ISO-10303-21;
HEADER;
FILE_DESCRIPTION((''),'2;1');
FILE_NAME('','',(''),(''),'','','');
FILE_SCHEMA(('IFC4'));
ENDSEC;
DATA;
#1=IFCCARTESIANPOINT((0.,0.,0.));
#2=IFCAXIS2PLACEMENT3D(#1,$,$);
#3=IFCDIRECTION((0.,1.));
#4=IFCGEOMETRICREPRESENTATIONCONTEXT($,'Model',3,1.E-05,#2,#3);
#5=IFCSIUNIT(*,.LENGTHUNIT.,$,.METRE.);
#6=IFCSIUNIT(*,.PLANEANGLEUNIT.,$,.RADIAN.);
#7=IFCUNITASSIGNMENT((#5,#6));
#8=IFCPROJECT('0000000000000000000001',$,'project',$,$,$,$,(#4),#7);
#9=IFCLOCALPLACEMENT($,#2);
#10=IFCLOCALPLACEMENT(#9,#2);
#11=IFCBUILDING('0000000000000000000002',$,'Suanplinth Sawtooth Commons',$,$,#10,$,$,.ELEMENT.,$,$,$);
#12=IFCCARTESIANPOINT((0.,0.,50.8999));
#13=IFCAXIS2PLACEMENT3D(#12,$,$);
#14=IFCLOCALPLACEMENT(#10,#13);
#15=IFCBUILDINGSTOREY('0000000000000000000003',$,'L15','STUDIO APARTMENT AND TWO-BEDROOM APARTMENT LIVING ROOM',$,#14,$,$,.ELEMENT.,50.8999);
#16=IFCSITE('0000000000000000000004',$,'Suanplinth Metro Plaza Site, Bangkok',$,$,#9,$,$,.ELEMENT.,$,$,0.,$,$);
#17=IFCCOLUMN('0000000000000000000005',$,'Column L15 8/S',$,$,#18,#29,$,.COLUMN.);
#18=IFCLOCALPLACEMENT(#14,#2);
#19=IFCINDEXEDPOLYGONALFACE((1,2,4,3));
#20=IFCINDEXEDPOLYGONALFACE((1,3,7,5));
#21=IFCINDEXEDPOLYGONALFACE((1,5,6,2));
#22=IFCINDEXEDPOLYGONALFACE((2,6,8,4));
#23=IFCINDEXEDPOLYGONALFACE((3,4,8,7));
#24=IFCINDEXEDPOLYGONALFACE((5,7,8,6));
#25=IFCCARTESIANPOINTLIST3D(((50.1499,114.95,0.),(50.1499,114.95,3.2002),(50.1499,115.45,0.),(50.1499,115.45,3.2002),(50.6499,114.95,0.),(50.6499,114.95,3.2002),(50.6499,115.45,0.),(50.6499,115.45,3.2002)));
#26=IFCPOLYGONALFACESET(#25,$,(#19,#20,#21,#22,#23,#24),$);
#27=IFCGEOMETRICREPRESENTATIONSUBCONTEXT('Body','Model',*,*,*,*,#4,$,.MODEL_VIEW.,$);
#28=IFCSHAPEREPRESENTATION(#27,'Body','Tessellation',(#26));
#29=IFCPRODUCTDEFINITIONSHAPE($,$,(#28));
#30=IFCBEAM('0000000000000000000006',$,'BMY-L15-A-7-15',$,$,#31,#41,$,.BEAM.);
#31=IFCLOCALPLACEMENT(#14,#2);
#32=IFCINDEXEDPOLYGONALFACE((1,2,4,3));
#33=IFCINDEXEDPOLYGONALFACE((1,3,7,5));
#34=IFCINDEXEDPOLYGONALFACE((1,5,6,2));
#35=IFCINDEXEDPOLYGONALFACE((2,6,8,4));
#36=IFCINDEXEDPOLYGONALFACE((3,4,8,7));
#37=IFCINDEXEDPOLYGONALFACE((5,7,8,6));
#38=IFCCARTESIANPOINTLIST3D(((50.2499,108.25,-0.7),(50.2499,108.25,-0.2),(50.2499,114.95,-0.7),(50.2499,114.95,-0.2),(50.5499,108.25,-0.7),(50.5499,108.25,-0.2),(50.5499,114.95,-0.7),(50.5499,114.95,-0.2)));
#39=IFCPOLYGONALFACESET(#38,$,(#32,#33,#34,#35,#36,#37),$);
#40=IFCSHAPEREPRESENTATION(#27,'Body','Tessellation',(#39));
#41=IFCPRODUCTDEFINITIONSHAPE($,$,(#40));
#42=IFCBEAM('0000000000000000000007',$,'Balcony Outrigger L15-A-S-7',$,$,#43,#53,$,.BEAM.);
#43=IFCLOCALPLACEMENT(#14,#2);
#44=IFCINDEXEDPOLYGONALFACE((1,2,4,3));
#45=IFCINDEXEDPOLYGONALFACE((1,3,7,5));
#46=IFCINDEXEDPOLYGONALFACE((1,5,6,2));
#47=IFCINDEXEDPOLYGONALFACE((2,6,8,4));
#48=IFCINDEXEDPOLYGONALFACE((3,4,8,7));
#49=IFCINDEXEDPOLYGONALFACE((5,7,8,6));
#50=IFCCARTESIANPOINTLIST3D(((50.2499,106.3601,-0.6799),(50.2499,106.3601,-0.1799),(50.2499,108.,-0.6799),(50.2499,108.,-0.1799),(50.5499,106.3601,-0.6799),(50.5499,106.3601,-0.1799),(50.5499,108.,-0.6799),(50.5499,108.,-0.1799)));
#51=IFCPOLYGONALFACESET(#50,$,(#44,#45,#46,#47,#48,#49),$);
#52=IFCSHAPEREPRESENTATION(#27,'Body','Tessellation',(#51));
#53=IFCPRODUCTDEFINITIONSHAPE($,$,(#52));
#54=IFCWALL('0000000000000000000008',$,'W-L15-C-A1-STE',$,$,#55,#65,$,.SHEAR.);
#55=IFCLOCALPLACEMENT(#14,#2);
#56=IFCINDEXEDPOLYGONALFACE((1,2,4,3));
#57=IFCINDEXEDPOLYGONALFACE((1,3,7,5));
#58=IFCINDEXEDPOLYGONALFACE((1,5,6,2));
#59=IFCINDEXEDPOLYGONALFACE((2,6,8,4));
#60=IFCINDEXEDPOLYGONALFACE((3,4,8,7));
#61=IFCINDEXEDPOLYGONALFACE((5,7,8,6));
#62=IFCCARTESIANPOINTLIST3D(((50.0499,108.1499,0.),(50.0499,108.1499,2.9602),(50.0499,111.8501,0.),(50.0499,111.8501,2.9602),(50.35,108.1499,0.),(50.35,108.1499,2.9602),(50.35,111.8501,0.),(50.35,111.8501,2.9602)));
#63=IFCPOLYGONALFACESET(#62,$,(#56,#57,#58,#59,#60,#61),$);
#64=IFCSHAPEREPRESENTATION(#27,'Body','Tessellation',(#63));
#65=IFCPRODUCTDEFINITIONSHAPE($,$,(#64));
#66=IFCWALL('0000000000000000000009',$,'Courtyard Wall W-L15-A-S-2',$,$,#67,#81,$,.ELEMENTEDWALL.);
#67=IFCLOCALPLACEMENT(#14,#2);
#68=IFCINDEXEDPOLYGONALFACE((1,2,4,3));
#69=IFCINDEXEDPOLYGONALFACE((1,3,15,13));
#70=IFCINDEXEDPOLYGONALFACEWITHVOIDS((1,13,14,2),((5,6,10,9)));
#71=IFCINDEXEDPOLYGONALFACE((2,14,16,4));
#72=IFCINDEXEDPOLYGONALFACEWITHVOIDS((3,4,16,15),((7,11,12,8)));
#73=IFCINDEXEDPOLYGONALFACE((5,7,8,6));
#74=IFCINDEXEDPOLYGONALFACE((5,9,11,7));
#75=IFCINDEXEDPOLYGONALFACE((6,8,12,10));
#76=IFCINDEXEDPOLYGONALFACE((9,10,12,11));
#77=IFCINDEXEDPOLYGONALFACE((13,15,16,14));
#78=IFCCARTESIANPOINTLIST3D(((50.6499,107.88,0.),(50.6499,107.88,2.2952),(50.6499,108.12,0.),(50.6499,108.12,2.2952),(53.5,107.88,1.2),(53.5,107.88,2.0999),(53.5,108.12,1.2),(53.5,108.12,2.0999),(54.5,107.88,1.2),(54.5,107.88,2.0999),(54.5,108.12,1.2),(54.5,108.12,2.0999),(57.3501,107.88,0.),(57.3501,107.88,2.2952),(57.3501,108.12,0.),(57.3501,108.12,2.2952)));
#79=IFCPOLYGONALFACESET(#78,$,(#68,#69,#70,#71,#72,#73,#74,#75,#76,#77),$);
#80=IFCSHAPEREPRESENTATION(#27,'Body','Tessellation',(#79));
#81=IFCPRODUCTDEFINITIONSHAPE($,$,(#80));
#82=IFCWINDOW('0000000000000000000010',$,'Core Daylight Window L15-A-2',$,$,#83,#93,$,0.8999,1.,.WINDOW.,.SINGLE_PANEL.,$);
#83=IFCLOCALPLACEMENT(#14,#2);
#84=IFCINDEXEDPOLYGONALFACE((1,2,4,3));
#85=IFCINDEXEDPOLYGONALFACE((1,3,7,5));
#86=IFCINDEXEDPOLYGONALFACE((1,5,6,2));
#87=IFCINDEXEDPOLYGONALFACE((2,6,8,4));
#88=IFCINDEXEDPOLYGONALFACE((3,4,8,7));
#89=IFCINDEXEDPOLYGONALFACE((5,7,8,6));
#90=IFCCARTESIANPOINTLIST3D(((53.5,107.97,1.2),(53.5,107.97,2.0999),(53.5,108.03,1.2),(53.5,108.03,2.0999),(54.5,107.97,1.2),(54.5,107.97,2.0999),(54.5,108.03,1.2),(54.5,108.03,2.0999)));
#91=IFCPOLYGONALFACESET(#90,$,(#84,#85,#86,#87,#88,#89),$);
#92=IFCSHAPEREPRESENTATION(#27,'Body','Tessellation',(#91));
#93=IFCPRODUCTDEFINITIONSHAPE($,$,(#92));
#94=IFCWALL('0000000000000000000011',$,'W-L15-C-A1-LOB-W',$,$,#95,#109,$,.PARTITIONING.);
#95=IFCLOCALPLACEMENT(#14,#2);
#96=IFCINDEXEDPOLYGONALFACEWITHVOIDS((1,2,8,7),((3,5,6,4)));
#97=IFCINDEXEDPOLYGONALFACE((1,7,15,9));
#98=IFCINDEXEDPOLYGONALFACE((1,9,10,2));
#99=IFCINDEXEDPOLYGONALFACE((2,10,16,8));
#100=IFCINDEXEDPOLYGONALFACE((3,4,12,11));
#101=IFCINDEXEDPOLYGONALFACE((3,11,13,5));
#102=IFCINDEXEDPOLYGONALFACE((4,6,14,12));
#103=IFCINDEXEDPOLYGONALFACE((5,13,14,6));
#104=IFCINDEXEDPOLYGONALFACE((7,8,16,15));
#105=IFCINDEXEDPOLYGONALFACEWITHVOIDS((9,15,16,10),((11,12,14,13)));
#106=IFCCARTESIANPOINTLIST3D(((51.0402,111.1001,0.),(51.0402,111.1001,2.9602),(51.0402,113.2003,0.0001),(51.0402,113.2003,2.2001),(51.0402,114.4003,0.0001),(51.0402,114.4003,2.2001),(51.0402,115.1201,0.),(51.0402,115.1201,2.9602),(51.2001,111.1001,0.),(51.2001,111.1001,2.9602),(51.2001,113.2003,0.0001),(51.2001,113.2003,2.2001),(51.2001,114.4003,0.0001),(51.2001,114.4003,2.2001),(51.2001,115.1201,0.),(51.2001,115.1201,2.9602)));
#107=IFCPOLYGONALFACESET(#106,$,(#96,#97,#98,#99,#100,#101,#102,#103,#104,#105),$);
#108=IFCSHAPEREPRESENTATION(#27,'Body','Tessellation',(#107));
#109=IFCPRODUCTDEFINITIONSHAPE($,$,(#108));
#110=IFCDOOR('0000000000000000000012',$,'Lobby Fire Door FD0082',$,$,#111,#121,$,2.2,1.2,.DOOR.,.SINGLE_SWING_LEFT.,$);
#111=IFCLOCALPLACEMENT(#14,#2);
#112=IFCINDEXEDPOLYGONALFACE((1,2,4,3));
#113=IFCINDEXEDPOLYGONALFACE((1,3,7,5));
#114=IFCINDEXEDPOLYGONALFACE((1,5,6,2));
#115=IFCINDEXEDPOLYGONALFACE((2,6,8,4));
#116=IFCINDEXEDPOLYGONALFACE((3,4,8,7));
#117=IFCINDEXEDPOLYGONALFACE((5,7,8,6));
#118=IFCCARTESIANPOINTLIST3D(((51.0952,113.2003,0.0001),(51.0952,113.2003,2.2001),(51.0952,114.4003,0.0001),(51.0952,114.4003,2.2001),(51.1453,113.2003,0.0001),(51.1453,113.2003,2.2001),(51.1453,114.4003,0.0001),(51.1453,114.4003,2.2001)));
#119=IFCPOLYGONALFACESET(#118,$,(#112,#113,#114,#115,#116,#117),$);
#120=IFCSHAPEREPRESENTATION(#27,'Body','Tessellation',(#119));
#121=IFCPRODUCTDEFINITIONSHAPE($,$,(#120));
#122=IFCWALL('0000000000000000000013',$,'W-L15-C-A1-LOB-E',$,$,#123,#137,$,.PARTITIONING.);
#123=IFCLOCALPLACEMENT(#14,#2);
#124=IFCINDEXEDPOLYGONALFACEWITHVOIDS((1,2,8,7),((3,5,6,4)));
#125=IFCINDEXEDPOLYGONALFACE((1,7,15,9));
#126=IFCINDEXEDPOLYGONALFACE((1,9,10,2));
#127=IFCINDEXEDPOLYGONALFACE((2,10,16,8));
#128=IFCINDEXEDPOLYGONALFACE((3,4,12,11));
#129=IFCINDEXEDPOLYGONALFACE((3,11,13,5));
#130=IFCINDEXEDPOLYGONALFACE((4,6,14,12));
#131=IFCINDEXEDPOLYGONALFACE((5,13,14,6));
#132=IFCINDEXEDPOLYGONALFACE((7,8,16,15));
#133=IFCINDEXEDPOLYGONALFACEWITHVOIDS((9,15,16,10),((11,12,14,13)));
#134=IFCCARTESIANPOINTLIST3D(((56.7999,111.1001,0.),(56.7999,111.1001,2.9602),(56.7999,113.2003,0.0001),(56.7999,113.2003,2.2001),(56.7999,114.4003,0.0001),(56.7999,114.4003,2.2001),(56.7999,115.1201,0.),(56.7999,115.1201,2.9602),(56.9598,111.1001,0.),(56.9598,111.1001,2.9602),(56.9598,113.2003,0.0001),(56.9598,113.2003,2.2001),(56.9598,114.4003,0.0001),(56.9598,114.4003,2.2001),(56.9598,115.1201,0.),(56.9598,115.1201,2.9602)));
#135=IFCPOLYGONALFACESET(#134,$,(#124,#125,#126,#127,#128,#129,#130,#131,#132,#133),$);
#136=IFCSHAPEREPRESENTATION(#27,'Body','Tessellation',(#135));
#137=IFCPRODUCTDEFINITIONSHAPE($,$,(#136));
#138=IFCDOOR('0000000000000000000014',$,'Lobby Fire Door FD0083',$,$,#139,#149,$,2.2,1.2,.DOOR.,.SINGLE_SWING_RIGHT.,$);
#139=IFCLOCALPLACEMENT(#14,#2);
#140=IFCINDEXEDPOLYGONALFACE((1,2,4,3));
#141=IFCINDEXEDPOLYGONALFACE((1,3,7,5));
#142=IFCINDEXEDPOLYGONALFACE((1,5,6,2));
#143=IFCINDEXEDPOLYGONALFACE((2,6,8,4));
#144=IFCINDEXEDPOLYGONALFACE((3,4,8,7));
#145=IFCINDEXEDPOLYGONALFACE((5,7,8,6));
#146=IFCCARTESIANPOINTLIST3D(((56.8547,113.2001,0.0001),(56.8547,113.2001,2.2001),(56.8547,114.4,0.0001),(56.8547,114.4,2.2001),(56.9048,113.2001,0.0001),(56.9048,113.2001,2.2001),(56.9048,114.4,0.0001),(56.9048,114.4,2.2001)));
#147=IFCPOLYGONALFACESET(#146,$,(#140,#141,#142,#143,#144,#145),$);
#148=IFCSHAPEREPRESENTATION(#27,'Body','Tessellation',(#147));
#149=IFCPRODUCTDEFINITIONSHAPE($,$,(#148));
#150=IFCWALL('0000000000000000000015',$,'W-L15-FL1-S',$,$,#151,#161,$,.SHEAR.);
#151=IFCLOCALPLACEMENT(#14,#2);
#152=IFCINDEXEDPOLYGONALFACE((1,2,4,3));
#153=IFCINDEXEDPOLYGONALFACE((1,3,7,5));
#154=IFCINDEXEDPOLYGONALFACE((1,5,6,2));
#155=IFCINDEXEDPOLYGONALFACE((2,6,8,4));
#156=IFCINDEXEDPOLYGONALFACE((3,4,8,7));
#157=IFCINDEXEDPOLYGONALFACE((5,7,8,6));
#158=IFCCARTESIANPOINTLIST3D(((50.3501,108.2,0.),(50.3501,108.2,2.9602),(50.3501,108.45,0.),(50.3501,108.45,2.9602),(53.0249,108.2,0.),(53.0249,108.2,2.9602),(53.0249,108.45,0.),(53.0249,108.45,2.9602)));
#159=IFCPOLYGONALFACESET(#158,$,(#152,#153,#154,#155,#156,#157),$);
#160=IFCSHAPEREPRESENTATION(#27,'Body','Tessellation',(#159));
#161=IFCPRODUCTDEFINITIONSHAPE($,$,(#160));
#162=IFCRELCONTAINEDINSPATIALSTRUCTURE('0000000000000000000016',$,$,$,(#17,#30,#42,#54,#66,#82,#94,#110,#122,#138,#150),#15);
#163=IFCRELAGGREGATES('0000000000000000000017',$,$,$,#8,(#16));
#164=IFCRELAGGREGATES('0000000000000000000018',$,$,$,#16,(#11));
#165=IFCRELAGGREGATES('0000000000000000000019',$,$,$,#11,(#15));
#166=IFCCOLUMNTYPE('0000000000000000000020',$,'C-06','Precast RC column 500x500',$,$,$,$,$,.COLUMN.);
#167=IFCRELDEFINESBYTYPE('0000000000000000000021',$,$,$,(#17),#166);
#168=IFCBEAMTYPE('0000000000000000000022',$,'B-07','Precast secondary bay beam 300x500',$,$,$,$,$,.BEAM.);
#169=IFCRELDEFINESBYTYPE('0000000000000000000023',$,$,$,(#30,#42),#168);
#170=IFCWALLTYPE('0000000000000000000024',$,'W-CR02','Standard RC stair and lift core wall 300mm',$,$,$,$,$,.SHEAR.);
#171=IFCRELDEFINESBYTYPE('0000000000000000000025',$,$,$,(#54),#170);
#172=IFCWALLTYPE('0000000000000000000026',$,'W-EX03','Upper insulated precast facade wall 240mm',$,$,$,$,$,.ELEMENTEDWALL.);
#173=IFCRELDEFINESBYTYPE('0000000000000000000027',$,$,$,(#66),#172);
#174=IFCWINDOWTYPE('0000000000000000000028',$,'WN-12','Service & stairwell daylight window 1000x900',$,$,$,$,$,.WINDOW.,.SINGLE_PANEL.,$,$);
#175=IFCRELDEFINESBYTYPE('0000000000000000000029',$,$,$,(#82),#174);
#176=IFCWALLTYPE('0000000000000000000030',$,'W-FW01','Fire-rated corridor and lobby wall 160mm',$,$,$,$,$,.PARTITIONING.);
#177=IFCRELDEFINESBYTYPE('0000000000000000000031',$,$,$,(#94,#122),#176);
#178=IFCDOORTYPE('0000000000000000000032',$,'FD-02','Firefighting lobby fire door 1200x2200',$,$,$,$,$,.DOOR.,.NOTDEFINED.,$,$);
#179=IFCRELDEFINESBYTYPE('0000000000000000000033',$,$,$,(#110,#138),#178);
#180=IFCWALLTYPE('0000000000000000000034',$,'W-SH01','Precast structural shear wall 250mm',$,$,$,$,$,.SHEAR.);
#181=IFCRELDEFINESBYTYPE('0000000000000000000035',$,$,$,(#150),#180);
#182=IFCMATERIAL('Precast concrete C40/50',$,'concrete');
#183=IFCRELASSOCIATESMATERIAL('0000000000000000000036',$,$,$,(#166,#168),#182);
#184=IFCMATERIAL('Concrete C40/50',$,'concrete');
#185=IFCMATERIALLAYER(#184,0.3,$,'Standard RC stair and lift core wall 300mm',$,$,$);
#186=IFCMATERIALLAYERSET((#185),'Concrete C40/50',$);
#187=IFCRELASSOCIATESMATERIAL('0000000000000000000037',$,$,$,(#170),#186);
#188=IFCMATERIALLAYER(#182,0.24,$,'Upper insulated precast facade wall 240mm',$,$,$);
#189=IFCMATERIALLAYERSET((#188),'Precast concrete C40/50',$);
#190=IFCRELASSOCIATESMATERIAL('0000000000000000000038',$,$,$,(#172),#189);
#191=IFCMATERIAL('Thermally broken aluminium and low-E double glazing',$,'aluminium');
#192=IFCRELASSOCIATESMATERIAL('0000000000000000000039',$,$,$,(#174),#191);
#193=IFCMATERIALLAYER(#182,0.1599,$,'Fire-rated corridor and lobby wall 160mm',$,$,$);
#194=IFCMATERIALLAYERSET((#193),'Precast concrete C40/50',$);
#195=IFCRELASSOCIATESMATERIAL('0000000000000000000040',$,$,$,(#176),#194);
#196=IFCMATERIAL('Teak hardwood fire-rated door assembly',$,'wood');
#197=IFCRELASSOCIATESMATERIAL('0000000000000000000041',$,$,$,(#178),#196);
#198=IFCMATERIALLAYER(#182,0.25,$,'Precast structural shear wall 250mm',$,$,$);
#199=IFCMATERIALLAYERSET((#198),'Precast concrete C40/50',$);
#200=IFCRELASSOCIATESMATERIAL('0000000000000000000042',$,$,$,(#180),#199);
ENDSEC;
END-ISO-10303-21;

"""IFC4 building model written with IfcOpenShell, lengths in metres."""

from ifc_helpers import new_model, si_unit, direction, frame, frame_2d, origin, origin_2d, place, context, subcontext, project, spatial, rectangle, extrude, material, layer, layer_set, material_profile, profile_set, type_object, element, fill, save


model = new_model("IFC4")

# Units and contexts
model_context = context("Model", 3, precision=1e-05, world=origin(), true_north=direction((0.0, 1.0)))
body_context = subcontext(model_context, "Body", "Model", "MODEL_VIEW")
ifc_project = project(units=[si_unit("LENGTHUNIT", "METRE"), si_unit("PLANEANGLEUNIT", "RADIAN")], contexts=[model_context])

# Site, building, storey
site_placement = place(None, origin())
site = spatial("IfcSite", under=ifc_project, at=site_placement, Name="Suanplinth Metro Plaza Site, Bangkok", CompositionType="ELEMENT", RefElevation=0.0)
building_placement = place(site_placement, origin())
building = spatial("IfcBuilding", under=site, at=building_placement, Name="Suanplinth Sawtooth Commons", CompositionType="ELEMENT")
storey_placement = place(building_placement, frame((0.0, 0.0, 50.8999)))
storey = spatial("IfcBuildingStorey", under=building, at=storey_placement, Name="L15", Description="STUDIO APARTMENT AND TWO-BEDROOM APARTMENT LIVING ROOM", CompositionType="ELEMENT", Elevation=50.8999)

# Column
ifc_material_1 = material(Name="Precast concrete C40/50", Category="concrete")
ifc_material_profile_1 = material_profile(ifc_material_1, rectangle(XDim=0.5, YDim=0.5, at=origin_2d()), Name="PC-COL 500x500")
ifc_profile_set_1 = profile_set([ifc_material_profile_1], Name="Precast concrete C40/50")
column_type = type_object("IfcColumnType", Name="C-06", Description="Precast RC column 500x500", PredefinedType="COLUMN", material=ifc_profile_set_1)
column_placement = place(storey_placement, frame((50.3999, 115.2, 0.0), z_axis=(0.0, 0.0, 1.0), x_axis=(1.0, 0.0, 0.0)))
element("IfcColumn", 1, at=column_placement, inside=storey, type_object=column_type, Name="Column L15 8/S", PredefinedType="COLUMN", context=body_context, shape_type="SweptSolid", body=[
    extrude(rectangle(XDim=0.5, YDim=0.5, at=origin_2d()), origin(), (0.0, 0.0, 1.0), 3.2002),
])

# Beams
ifc_material_profile_2 = material_profile(ifc_material_1, rectangle(XDim=0.3, YDim=0.5, at=origin_2d()), Name="PC-BM 300x500")
ifc_profile_set_2 = profile_set([ifc_material_profile_2], Name="Precast concrete C40/50")
beam_type = type_object("IfcBeamType", Name="B-07", Description="Precast secondary bay beam 300x500", PredefinedType="BEAM", material=ifc_profile_set_2)
beam_1_placement = place(storey_placement, frame((50.3999, 108.25, -0.45), z_axis=(0.0, 1.0, 0.0), x_axis=(-1.0, 0.0, 0.0)))
element("IfcBeam", 2, at=beam_1_placement, inside=storey, type_object=beam_type, Name="BMY-L15-A-7-15", PredefinedType="BEAM", context=body_context, shape_type="SweptSolid", body=[
    extrude(rectangle(XDim=0.3, YDim=0.5, at=origin_2d()), origin(), (0.0, 0.0, 1.0), 6.7),
])
beam_2_placement = place(storey_placement, frame((50.3999, 108.0, -0.4299), z_axis=(0.0, -1.0, 0.0), x_axis=(1.0, 0.0, 0.0)))
element("IfcBeam", 3, at=beam_2_placement, inside=storey, type_object=beam_type, Name="Balcony Outrigger L15-A-S-7", PredefinedType="BEAM", context=body_context, shape_type="SweptSolid", body=[
    extrude(rectangle(XDim=0.3, YDim=0.5, at=origin_2d()), origin(), (0.0, 0.0, 1.0), 1.6399),
])

# Wall
ifc_material_2 = material(Name="Concrete C40/50", Category="concrete")
ifc_layer_1 = layer(ifc_material_2, 0.3, Name="Standard RC stair and lift core wall 300mm")
ifc_layer_set_1 = layer_set([ifc_layer_1], Name="Concrete C40/50")
wall_type_1 = type_object("IfcWallType", Name="W-CR02", Description="Standard RC stair and lift core wall 300mm", PredefinedType="SHEAR", material=ifc_layer_set_1)
wall_1_placement = place(storey_placement, frame((50.2, 108.1499, 0.0), z_axis=(0.0, 0.0, 1.0), x_axis=(0.0, 1.0, 0.0)))
element("IfcWall", 4, at=wall_1_placement, inside=storey, type_object=wall_type_1, Name="W-L15-C-A1-STE", PredefinedType="SHEAR", context=body_context, shape_type="SweptSolid", body=[
    extrude(rectangle(XDim=3.7002, YDim=0.3, at=frame_2d((1.8501, 0.0))), origin(), (0.0, 0.0, 1.0), 2.9602),
])

# Wall, opening, window
ifc_layer_2 = layer(ifc_material_1, 0.24, Name="Upper insulated precast facade wall 240mm")
ifc_layer_set_2 = layer_set([ifc_layer_2], Name="Precast concrete C40/50")
wall_type_2 = type_object("IfcWallType", Name="W-EX03", Description="Upper insulated precast facade wall 240mm", PredefinedType="ELEMENTEDWALL", material=ifc_layer_set_2)
wall_2_placement = place(storey_placement, frame((50.6499, 108.0, 0.0), z_axis=(0.0, 0.0, 1.0), x_axis=(1.0, 0.0, 0.0)))
wall_2 = element("IfcWall", 5, at=wall_2_placement, inside=storey, type_object=wall_type_2, Name="Courtyard Wall W-L15-A-S-2", PredefinedType="ELEMENTEDWALL", context=body_context, shape_type="SweptSolid", body=[
    extrude(rectangle(XDim=6.7002, YDim=0.24, at=frame_2d((3.3501, 0.0))), origin(), (0.0, 0.0, 1.0), 2.2952),
])
opening_1_placement = place(wall_2_placement, frame((2.8501, 0.0, 1.2)))
opening_1 = element("IfcOpeningElement", 6, at=opening_1_placement, cuts=wall_2, PredefinedType="OPENING", context=body_context, shape_type="SweptSolid", body=[
    extrude(rectangle(XDim=1.0, YDim=0.8999, at=frame_2d((0.5, 0.45))), frame((0.0, 0.1348, 0.0), z_axis=(0.0, -1.0, 0.0), x_axis=(1.0, 0.0, 0.0)), (0.0, 0.0, 1.0), 0.2698),
])
ifc_material_3 = material(Name="Thermally broken aluminium and low-E double glazing", Category="aluminium")
window_type = type_object("IfcWindowType", Name="WN-12", Description="Service & stairwell daylight window 1000x900", PartitioningType="SINGLE_PANEL", PredefinedType="WINDOW", material=ifc_material_3)
window_placement = place(opening_1_placement, origin())
window = element("IfcWindow", 7, at=window_placement, inside=storey, type_object=window_type, Name="Core Daylight Window L15-A-2", OverallHeight=0.8999, OverallWidth=1.0, PartitioningType="SINGLE_PANEL", PredefinedType="WINDOW", context=body_context, shape_type="SweptSolid", body=[
    extrude(rectangle(XDim=1.0, YDim=0.8999, at=frame_2d((0.5, 0.45))), frame((0.0, 0.03, 0.0), z_axis=(0.0, -1.0, 0.0), x_axis=(1.0, 0.0, 0.0)), (0.0, 0.0, 1.0), 0.0601),
])
fill(opening_1, window)

# Walls, openings, doors
ifc_layer_3 = layer(ifc_material_1, 0.1599, Name="Fire-rated corridor and lobby wall 160mm")
ifc_layer_set_3 = layer_set([ifc_layer_3], Name="Precast concrete C40/50")
wall_type_3 = type_object("IfcWallType", Name="W-FW01", Description="Fire-rated corridor and lobby wall 160mm", PredefinedType="PARTITIONING", material=ifc_layer_set_3)
wall_3_placement = place(storey_placement, frame((51.1201, 111.1001, 0.0), z_axis=(0.0, 0.0, 1.0), x_axis=(0.0, 1.0, 0.0)))
wall_3 = element("IfcWall", 8, at=wall_3_placement, inside=storey, type_object=wall_type_3, Name="W-L15-C-A1-LOB-W", PredefinedType="PARTITIONING", context=body_context, shape_type="SweptSolid", body=[
    extrude(rectangle(XDim=4.02, YDim=0.1599, at=frame_2d((2.01, 0.0))), origin(), (0.0, 0.0, 1.0), 2.9602),
])
opening_2_placement = place(wall_3_placement, frame((2.1001, 0.0, 0.0)))
opening_2 = element("IfcOpeningElement", 9, at=opening_2_placement, cuts=wall_3, PredefinedType="OPENING", context=body_context, shape_type="SweptSolid", body=[
    extrude(rectangle(XDim=1.2, YDim=2.2, at=frame_2d((0.6001, 1.1001))), frame((0.0, 0.0947, 0.0), z_axis=(0.0, -1.0, 0.0), x_axis=(1.0, 0.0, 0.0)), (0.0, 0.0, 1.0), 0.1897),
])
ifc_material_4 = material(Name="Teak hardwood fire-rated door assembly", Category="wood")
door_type_1 = type_object("IfcDoorType", Name="FD-02", Description="Firefighting lobby fire door 1200x2200", OperationType="NOTDEFINED", PredefinedType="DOOR", material=ifc_material_4)
door_1_placement = place(opening_2_placement, origin())
door_1 = element("IfcDoor", 10, at=door_1_placement, inside=storey, type_object=door_type_1, Name="Lobby Fire Door FD0082", OperationType="SINGLE_SWING_LEFT", OverallHeight=2.2, OverallWidth=1.2, PredefinedType="DOOR", context=body_context, shape_type="SweptSolid", body=[
    extrude(rectangle(XDim=1.2, YDim=2.2, at=frame_2d((0.6001, 1.1001))), frame((0.0, 0.0249, 0.0), z_axis=(0.0, -1.0, 0.0), x_axis=(1.0, 0.0, 0.0)), (0.0, 0.0, 1.0), 0.05),
])
fill(opening_2, door_1)
wall_4_placement = place(storey_placement, frame((56.8799, 111.1001, 0.0), z_axis=(0.0, 0.0, 1.0), x_axis=(0.0, 1.0, 0.0)))
wall_4 = element("IfcWall", 11, at=wall_4_placement, inside=storey, type_object=wall_type_3, Name="W-L15-C-A1-LOB-E", PredefinedType="PARTITIONING", context=body_context, shape_type="SweptSolid", body=[
    extrude(rectangle(XDim=4.02, YDim=0.1599, at=frame_2d((2.01, 0.0))), origin(), (0.0, 0.0, 1.0), 2.9602),
])
opening_3_placement = place(wall_4_placement, frame((2.1001, 0.0, 0.0)))
opening_3 = element("IfcOpeningElement", 12, at=opening_3_placement, cuts=wall_4, PredefinedType="OPENING", context=body_context, shape_type="SweptSolid", body=[
    extrude(rectangle(XDim=1.2, YDim=2.2, at=frame_2d((0.6001, 1.1001))), frame((0.0, 0.0947, 0.0), z_axis=(0.0, -1.0, 0.0), x_axis=(1.0, 0.0, 0.0)), (0.0, 0.0, 1.0), 0.1897),
])
door_2_placement = place(opening_3_placement, frame((1.2, 0.0, 0.0), z_axis=(0.0, 0.0, 1.0), x_axis=(-1.0, 0.0, 0.0)))
door_2 = element("IfcDoor", 13, at=door_2_placement, inside=storey, type_object=door_type_1, Name="Lobby Fire Door FD0083", OperationType="SINGLE_SWING_RIGHT", OverallHeight=2.2, OverallWidth=1.2, PredefinedType="DOOR", context=body_context, shape_type="SweptSolid", body=[
    extrude(rectangle(XDim=1.2, YDim=2.2, at=frame_2d((0.6001, 1.1001))), frame((0.0, 0.0249, 0.0), z_axis=(0.0, -1.0, 0.0), x_axis=(1.0, 0.0, 0.0)), (0.0, 0.0, 1.0), 0.05),
])
fill(opening_3, door_2)

# Wall
ifc_layer_4 = layer(ifc_material_1, 0.25, Name="Precast structural shear wall 250mm")
ifc_layer_set_4 = layer_set([ifc_layer_4], Name="Precast concrete C40/50")
wall_type_4 = type_object("IfcWallType", Name="W-SH01", Description="Precast structural shear wall 250mm", PredefinedType="SHEAR", material=ifc_layer_set_4)
wall_5_placement = place(storey_placement, frame((50.3501, 108.325, 0.0), z_axis=(0.0, 0.0, 1.0), x_axis=(1.0, 0.0, 0.0)))
element("IfcWall", 14, at=wall_5_placement, inside=storey, type_object=wall_type_4, Name="W-L15-FL1-S", PredefinedType="SHEAR", context=body_context, shape_type="SweptSolid", body=[
    extrude(rectangle(XDim=2.6748, YDim=0.25, at=frame_2d((1.3374, 0.0))), origin(), (0.0, 0.0, 1.0), 2.9602),
])

save(model, "model.ifc")
